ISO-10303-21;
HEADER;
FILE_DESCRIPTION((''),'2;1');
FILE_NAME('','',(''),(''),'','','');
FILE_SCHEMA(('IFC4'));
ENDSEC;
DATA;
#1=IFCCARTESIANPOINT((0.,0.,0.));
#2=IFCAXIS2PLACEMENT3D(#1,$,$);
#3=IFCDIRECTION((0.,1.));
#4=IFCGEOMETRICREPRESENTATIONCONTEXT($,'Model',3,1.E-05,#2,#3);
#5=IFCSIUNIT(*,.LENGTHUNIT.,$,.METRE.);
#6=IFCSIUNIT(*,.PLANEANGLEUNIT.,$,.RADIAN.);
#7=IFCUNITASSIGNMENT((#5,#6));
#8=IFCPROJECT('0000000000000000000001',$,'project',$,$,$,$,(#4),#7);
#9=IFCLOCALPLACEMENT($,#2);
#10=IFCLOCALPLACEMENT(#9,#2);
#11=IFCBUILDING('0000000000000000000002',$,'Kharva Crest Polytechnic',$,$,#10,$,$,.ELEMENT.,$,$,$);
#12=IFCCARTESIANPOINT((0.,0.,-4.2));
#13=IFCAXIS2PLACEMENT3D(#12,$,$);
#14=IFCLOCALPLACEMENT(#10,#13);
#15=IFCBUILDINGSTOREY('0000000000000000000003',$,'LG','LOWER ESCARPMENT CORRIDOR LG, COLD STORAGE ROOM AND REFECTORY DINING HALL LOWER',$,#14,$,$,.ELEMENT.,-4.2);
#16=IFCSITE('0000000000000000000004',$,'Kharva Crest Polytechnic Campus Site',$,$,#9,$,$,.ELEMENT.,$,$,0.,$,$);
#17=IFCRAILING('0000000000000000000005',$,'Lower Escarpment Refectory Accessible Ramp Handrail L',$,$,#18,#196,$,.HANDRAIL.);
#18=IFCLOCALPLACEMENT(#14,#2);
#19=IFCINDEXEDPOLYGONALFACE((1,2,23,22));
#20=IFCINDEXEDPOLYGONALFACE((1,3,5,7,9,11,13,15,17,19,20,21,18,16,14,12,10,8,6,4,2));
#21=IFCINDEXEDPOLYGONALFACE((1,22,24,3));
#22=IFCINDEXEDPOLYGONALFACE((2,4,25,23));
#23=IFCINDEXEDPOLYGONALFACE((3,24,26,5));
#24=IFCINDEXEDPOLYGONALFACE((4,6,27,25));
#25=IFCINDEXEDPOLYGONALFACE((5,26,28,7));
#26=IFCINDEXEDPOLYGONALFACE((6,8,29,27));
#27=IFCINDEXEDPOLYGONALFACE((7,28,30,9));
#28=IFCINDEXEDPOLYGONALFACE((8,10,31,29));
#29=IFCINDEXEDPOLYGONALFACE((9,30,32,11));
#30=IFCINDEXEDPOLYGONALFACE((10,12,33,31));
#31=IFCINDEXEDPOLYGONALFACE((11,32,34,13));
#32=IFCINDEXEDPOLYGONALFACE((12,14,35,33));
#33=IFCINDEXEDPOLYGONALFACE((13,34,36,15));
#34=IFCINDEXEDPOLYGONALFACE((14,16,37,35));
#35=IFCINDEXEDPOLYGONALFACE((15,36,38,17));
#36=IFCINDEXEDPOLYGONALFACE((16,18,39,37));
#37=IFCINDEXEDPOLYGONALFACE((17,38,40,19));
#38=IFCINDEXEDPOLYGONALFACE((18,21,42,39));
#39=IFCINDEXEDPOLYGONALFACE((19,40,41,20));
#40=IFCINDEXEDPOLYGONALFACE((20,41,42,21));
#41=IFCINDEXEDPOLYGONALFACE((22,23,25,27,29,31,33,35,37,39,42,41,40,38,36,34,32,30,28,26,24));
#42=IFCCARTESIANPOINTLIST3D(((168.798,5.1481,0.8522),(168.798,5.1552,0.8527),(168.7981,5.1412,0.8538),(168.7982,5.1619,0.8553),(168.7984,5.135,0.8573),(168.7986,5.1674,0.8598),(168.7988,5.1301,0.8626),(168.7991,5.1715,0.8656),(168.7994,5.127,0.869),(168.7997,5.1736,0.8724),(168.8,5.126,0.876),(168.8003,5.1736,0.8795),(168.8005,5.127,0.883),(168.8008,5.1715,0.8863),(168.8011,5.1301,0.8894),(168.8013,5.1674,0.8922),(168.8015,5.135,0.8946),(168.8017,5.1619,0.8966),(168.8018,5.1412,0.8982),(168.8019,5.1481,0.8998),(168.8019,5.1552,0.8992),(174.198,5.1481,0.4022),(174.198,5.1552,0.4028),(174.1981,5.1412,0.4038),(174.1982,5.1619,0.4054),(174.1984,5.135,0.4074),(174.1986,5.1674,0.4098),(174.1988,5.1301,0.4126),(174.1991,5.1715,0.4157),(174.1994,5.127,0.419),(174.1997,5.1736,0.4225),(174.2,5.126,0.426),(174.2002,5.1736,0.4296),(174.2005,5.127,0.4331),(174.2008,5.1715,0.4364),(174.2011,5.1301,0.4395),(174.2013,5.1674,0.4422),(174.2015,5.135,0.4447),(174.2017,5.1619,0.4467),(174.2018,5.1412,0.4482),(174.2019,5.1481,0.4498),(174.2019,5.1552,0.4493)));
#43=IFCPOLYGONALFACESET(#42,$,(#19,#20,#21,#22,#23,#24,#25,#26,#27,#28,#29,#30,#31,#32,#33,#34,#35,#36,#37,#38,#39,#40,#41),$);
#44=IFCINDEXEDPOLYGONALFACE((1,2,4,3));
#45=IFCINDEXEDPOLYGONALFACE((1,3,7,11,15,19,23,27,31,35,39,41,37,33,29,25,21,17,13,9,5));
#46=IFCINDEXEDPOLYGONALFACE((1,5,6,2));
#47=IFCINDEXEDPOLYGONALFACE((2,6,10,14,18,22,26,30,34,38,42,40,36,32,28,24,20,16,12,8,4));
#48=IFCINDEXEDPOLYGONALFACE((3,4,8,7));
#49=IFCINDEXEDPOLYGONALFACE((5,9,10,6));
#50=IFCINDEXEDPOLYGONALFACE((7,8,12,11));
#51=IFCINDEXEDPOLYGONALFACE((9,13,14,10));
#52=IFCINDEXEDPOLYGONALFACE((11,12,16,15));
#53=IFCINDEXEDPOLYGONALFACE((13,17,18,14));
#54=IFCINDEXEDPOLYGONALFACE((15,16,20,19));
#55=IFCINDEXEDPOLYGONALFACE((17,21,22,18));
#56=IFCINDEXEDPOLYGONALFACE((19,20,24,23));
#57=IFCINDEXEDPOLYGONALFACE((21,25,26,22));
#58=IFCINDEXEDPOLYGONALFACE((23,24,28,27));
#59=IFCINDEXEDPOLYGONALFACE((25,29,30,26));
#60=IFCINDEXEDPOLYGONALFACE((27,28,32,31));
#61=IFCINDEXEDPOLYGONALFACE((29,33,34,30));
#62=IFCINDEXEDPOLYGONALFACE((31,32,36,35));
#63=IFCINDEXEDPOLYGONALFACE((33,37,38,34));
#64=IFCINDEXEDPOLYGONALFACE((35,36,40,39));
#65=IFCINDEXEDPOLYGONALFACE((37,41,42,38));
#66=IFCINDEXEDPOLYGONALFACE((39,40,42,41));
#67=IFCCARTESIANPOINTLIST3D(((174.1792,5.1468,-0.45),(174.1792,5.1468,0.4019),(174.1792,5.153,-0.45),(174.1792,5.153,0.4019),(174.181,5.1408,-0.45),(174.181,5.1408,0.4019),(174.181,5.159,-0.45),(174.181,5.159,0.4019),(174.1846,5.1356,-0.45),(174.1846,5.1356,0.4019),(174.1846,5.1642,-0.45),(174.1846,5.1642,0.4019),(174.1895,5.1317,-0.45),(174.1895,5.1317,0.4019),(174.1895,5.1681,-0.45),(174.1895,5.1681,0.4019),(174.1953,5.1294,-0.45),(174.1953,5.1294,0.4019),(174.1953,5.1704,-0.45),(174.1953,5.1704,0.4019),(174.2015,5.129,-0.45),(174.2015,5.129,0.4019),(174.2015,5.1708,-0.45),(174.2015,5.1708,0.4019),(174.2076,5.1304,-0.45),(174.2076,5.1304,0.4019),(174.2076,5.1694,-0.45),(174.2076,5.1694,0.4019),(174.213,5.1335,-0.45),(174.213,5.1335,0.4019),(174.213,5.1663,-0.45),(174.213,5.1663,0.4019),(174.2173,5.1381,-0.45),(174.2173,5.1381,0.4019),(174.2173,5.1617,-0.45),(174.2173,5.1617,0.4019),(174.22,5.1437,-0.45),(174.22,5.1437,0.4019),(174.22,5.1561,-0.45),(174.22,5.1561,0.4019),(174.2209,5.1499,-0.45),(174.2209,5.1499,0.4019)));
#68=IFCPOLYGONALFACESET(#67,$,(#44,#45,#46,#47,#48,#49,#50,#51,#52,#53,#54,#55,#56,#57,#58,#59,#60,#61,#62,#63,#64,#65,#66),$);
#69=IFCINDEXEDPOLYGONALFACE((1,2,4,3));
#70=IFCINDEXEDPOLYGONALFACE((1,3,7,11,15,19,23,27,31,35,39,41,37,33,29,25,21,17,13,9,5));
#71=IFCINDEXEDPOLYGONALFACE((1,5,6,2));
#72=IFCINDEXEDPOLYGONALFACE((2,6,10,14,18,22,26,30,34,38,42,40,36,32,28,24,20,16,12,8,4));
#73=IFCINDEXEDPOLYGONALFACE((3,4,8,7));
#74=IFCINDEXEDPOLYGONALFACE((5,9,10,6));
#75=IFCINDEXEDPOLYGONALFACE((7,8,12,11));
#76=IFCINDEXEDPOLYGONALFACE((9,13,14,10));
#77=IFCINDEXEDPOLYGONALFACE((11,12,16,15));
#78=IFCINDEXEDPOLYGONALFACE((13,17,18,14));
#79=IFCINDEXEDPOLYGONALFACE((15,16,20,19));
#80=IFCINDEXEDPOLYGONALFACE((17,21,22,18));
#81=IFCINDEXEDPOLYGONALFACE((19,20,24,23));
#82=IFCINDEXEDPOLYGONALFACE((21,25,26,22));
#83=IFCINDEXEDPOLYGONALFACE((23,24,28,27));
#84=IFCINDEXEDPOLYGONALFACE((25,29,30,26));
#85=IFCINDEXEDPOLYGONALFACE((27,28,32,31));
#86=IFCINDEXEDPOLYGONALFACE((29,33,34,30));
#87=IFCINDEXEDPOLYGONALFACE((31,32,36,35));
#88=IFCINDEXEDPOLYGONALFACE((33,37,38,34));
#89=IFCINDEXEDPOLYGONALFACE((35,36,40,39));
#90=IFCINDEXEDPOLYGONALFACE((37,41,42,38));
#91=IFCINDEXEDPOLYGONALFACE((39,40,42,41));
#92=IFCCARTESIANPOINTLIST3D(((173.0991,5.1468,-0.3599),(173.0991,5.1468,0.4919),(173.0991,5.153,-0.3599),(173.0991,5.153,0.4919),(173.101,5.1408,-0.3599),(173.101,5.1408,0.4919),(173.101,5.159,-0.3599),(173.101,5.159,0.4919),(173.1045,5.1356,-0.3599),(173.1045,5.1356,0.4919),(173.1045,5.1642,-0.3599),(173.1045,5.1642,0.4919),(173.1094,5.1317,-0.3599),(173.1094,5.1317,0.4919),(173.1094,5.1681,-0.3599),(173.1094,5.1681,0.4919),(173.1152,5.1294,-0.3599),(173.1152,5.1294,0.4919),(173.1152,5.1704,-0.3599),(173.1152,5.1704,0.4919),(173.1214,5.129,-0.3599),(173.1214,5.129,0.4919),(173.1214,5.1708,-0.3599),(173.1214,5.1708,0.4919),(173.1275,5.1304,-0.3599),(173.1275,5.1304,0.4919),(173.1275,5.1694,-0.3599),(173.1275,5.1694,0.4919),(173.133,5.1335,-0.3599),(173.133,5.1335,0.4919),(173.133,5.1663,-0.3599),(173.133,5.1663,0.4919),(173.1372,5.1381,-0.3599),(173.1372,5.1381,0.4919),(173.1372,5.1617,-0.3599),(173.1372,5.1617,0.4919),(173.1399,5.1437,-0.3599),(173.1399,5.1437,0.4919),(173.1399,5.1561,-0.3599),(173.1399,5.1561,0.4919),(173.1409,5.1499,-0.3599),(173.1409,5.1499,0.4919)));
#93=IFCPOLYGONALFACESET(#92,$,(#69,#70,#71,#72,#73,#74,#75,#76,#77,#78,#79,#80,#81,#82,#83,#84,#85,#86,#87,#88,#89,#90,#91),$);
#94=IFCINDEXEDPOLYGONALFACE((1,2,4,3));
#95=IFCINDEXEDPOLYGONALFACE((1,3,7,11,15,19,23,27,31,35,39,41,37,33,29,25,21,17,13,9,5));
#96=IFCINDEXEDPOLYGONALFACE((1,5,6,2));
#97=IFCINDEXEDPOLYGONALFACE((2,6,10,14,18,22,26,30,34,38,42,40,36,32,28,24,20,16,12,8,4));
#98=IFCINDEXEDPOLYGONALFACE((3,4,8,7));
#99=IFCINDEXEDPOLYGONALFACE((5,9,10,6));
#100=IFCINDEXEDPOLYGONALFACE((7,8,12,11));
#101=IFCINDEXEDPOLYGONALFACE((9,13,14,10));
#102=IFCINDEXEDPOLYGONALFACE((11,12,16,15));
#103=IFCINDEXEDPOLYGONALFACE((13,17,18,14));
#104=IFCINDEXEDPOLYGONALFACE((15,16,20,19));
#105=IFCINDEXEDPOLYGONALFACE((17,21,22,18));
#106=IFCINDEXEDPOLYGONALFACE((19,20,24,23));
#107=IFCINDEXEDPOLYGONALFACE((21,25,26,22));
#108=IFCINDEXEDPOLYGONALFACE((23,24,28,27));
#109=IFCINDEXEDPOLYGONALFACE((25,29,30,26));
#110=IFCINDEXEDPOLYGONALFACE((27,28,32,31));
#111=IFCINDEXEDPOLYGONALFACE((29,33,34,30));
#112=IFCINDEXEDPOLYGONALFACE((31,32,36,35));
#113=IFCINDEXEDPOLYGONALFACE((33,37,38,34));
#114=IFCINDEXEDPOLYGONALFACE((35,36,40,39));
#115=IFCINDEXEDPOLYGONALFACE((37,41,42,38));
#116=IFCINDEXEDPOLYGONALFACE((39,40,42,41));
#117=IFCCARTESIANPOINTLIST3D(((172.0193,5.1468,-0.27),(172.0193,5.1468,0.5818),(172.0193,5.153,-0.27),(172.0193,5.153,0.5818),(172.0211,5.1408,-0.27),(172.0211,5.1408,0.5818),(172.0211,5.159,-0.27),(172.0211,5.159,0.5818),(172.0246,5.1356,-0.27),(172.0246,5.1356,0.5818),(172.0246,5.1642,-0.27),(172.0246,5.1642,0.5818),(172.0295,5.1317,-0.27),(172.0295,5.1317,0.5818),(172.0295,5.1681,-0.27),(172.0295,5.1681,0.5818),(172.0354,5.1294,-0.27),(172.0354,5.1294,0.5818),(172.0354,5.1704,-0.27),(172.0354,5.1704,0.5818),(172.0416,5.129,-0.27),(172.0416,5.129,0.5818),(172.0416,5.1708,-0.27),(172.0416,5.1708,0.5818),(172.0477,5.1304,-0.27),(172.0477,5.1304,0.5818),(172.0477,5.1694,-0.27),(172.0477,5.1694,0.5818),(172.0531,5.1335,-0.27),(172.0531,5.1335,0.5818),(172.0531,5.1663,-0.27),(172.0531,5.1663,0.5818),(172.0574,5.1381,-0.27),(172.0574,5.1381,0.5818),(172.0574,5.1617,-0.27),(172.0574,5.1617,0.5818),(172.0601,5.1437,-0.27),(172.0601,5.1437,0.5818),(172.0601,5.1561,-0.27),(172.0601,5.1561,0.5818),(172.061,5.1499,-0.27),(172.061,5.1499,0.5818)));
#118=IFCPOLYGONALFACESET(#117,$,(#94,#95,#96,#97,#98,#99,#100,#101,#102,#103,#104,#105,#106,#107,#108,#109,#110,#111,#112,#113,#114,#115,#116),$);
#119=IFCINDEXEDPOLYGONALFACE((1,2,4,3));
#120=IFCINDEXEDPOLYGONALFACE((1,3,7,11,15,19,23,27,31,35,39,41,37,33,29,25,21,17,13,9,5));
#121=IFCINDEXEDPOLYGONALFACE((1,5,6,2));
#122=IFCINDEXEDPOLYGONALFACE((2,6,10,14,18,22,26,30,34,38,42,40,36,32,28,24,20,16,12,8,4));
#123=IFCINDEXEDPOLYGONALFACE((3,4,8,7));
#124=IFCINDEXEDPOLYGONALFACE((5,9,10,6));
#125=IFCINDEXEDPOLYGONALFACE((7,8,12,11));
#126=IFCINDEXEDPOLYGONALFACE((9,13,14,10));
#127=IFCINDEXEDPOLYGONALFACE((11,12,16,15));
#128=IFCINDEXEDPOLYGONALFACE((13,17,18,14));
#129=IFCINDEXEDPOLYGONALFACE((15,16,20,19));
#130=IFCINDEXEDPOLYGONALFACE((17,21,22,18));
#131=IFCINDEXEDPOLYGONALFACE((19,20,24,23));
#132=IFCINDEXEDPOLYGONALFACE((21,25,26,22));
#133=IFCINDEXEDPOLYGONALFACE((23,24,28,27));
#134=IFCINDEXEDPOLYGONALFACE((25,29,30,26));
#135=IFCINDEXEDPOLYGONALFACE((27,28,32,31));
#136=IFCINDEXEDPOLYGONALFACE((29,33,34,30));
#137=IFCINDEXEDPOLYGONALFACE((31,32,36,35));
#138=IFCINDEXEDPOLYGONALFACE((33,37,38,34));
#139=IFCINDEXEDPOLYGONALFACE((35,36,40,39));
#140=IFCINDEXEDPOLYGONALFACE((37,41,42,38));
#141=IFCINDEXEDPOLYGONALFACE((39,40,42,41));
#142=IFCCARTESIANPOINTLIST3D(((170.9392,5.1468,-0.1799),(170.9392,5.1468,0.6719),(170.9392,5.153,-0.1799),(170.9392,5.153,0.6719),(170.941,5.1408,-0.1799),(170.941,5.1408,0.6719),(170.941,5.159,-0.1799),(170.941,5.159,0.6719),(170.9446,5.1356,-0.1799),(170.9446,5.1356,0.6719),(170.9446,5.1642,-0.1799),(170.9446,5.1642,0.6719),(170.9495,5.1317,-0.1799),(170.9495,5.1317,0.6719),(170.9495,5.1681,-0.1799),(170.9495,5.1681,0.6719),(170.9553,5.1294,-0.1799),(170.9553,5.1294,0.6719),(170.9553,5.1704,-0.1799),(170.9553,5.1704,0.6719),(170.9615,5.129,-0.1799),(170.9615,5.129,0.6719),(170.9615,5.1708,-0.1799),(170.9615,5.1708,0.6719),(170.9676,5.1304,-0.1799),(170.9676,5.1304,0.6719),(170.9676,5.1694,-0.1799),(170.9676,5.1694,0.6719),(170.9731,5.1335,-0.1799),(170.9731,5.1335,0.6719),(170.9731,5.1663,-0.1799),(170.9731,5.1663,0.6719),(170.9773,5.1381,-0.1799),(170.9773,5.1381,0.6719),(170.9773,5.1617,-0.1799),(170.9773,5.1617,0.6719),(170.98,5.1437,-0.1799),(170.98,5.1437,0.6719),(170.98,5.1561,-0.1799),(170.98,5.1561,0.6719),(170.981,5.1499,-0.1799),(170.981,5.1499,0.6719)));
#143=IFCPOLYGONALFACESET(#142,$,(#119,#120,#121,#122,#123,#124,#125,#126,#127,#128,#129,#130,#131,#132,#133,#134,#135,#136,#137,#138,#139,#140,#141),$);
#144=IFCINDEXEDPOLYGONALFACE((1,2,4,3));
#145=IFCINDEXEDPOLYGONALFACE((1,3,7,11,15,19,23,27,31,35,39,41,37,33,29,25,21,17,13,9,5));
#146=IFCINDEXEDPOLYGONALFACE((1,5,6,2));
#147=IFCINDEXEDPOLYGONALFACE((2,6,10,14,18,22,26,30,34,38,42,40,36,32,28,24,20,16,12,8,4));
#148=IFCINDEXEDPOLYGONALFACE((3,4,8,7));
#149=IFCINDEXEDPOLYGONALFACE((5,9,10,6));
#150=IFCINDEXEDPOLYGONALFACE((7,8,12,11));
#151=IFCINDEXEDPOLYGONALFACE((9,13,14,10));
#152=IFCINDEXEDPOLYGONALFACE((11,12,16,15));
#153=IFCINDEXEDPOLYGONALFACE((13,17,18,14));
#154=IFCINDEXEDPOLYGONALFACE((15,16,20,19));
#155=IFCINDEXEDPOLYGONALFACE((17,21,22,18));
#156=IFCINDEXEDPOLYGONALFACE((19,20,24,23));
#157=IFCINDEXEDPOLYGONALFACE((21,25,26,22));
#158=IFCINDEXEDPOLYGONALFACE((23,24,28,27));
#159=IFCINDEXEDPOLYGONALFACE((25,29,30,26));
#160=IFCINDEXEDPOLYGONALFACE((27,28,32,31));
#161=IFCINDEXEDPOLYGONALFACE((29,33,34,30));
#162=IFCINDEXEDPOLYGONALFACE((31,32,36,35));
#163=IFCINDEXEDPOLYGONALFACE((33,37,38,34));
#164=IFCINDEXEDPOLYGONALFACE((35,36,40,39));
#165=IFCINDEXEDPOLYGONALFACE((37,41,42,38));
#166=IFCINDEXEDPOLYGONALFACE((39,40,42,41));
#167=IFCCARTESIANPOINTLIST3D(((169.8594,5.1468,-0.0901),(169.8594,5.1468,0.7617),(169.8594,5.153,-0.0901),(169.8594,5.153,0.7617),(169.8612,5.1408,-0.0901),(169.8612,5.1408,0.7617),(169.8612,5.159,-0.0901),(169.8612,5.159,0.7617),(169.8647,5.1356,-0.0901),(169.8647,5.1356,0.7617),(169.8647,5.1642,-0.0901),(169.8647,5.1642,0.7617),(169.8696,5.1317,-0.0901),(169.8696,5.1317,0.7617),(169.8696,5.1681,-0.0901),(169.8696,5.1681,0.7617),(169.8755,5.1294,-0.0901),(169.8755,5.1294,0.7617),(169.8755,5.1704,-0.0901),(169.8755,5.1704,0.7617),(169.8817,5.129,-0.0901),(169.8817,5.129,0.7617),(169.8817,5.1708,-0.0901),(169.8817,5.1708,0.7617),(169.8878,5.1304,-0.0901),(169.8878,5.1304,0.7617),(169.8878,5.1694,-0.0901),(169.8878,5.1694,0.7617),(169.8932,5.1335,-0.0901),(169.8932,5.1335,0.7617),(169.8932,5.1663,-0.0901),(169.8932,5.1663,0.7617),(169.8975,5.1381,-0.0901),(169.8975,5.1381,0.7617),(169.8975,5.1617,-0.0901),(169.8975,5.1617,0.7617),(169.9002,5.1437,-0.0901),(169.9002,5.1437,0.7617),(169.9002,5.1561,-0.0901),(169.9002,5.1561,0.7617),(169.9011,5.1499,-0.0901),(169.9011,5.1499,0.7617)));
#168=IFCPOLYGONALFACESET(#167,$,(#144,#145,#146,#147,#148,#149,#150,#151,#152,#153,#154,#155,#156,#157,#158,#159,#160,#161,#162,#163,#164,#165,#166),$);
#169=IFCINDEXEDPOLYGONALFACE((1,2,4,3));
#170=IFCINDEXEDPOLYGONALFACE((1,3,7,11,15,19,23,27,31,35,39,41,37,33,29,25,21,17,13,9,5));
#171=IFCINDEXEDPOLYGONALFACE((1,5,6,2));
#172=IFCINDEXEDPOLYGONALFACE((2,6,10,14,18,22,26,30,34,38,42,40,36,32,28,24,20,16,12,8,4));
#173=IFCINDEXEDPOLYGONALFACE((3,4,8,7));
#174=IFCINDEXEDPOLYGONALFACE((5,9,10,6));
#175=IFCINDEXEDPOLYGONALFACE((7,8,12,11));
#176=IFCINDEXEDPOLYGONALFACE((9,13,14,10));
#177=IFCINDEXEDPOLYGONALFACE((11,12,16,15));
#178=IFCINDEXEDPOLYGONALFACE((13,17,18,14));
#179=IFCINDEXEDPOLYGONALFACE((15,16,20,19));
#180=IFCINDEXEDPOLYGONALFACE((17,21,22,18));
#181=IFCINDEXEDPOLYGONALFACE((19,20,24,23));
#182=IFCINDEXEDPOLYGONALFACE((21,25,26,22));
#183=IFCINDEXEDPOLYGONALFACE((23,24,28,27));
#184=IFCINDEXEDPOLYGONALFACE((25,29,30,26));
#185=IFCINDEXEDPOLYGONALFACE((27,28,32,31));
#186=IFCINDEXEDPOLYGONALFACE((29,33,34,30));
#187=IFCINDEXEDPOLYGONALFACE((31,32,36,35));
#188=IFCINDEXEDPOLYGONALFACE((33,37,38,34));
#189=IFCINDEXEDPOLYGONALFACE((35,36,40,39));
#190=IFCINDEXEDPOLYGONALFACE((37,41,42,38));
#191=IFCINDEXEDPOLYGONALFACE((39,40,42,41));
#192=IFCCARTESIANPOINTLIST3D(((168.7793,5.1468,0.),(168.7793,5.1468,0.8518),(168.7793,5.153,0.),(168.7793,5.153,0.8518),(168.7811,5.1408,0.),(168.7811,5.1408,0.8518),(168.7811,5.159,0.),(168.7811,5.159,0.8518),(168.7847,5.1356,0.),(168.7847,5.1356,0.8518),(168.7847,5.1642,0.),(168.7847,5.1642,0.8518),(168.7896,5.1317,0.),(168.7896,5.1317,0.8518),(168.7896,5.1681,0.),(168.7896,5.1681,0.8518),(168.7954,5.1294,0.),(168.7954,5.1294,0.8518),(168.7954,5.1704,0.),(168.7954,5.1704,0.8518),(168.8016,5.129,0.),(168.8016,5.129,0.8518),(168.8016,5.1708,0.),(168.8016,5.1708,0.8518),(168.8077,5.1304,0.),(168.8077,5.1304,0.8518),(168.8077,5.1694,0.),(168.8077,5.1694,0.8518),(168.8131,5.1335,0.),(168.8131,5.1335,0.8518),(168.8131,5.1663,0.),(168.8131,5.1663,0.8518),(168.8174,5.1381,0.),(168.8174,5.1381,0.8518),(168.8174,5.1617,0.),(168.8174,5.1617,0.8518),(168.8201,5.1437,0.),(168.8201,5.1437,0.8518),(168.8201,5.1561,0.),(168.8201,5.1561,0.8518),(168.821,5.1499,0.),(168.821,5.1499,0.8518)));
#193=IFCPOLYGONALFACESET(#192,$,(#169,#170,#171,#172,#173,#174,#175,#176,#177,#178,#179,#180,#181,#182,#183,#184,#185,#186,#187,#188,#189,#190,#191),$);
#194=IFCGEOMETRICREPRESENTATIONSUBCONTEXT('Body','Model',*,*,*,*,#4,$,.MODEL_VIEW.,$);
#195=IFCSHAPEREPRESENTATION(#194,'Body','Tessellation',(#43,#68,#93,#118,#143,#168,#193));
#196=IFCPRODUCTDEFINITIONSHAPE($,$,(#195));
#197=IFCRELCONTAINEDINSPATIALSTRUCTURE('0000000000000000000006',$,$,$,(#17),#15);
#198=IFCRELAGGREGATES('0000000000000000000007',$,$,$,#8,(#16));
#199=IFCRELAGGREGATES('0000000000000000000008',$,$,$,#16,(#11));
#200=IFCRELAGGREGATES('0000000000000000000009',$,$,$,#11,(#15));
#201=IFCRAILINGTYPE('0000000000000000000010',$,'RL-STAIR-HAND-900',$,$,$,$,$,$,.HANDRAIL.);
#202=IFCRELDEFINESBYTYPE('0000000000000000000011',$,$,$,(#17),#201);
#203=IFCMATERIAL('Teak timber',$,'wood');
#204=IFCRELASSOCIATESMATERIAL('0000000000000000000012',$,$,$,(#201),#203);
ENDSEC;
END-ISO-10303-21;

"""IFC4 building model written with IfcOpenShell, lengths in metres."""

from ifc_helpers import new_model, si_unit, direction, frame, origin, origin_2d, place, context, subcontext, project, spatial, circle, extrude, material, type_object, element, save


model = new_model("IFC4")

# Units and contexts
model_context = context("Model", 3, precision=1e-05, world=origin(), true_north=direction((0.0, 1.0)))
body_context = subcontext(model_context, "Body", "Model", "MODEL_VIEW")
ifc_project = project(units=[si_unit("LENGTHUNIT", "METRE"), si_unit("PLANEANGLEUNIT", "RADIAN")], contexts=[model_context])

# Site, building, storey
site_placement = place(None, origin())
site = spatial("IfcSite", under=ifc_project, at=site_placement, Name="Kharva Crest Polytechnic Campus Site", CompositionType="ELEMENT", RefElevation=0.0)
building_placement = place(site_placement, origin())
building = spatial("IfcBuilding", under=site, at=building_placement, Name="Kharva Crest Polytechnic", CompositionType="ELEMENT")
storey_placement = place(building_placement, frame((0.0, 0.0, -4.2)))
storey = spatial("IfcBuildingStorey", under=building, at=storey_placement, Name="LG", Description="LOWER ESCARPMENT CORRIDOR LG, COLD STORAGE ROOM AND REFECTORY DINING HALL LOWER", CompositionType="ELEMENT", Elevation=-4.2)

# Railing
ifc_material_1 = material(Name="Teak timber", Category="wood")
railing_type = type_object("IfcRailingType", Name="RL-STAIR-HAND-900", PredefinedType="HANDRAIL", material=ifc_material_1)
for number, where, name in (
    (1, (174.2, 5.1499, -0.45), "Lower Escarpment Refectory Accessible Ramp Handrail L"),
):
    element("IfcRailing", number, at=place(storey_placement, frame(where)), inside=storey, type_object=railing_type, Name=name, PredefinedType="HANDRAIL", context=body_context, shape_type="SweptSolid", body=[
        extrude(circle(Radius=0.0239, at=origin_2d()), frame((0.0, 0.0, 0.876), z_axis=(-0.996546, 0.0, 0.083038), x_axis=(0.0, -1.0, 0.0)), (0.0, 0.0, 1.0), 5.4187),
        extrude(circle(Radius=0.021, at=origin_2d()), origin(), (0.0, 0.0, 1.0), 0.8518),
        extrude(circle(Radius=0.021, at=origin_2d()), frame((-1.0801, 0.0, 0.0901)), (0.0, 0.0, 1.0), 0.8518),
        extrude(circle(Radius=0.021, at=origin_2d()), frame((-2.1599, 0.0, 0.1799)), (0.0, 0.0, 1.0), 0.8518),
        extrude(circle(Radius=0.021, at=origin_2d()), frame((-3.24, 0.0, 0.27)), (0.0, 0.0, 1.0), 0.8518),
        extrude(circle(Radius=0.021, at=origin_2d()), frame((-4.3198, 0.0, 0.3599)), (0.0, 0.0, 1.0), 0.8518),
        extrude(circle(Radius=0.021, at=origin_2d()), frame((-5.3999, 0.0, 0.45)), (0.0, 0.0, 1.0), 0.8518),
    ])

save(model, "model.ifc")
